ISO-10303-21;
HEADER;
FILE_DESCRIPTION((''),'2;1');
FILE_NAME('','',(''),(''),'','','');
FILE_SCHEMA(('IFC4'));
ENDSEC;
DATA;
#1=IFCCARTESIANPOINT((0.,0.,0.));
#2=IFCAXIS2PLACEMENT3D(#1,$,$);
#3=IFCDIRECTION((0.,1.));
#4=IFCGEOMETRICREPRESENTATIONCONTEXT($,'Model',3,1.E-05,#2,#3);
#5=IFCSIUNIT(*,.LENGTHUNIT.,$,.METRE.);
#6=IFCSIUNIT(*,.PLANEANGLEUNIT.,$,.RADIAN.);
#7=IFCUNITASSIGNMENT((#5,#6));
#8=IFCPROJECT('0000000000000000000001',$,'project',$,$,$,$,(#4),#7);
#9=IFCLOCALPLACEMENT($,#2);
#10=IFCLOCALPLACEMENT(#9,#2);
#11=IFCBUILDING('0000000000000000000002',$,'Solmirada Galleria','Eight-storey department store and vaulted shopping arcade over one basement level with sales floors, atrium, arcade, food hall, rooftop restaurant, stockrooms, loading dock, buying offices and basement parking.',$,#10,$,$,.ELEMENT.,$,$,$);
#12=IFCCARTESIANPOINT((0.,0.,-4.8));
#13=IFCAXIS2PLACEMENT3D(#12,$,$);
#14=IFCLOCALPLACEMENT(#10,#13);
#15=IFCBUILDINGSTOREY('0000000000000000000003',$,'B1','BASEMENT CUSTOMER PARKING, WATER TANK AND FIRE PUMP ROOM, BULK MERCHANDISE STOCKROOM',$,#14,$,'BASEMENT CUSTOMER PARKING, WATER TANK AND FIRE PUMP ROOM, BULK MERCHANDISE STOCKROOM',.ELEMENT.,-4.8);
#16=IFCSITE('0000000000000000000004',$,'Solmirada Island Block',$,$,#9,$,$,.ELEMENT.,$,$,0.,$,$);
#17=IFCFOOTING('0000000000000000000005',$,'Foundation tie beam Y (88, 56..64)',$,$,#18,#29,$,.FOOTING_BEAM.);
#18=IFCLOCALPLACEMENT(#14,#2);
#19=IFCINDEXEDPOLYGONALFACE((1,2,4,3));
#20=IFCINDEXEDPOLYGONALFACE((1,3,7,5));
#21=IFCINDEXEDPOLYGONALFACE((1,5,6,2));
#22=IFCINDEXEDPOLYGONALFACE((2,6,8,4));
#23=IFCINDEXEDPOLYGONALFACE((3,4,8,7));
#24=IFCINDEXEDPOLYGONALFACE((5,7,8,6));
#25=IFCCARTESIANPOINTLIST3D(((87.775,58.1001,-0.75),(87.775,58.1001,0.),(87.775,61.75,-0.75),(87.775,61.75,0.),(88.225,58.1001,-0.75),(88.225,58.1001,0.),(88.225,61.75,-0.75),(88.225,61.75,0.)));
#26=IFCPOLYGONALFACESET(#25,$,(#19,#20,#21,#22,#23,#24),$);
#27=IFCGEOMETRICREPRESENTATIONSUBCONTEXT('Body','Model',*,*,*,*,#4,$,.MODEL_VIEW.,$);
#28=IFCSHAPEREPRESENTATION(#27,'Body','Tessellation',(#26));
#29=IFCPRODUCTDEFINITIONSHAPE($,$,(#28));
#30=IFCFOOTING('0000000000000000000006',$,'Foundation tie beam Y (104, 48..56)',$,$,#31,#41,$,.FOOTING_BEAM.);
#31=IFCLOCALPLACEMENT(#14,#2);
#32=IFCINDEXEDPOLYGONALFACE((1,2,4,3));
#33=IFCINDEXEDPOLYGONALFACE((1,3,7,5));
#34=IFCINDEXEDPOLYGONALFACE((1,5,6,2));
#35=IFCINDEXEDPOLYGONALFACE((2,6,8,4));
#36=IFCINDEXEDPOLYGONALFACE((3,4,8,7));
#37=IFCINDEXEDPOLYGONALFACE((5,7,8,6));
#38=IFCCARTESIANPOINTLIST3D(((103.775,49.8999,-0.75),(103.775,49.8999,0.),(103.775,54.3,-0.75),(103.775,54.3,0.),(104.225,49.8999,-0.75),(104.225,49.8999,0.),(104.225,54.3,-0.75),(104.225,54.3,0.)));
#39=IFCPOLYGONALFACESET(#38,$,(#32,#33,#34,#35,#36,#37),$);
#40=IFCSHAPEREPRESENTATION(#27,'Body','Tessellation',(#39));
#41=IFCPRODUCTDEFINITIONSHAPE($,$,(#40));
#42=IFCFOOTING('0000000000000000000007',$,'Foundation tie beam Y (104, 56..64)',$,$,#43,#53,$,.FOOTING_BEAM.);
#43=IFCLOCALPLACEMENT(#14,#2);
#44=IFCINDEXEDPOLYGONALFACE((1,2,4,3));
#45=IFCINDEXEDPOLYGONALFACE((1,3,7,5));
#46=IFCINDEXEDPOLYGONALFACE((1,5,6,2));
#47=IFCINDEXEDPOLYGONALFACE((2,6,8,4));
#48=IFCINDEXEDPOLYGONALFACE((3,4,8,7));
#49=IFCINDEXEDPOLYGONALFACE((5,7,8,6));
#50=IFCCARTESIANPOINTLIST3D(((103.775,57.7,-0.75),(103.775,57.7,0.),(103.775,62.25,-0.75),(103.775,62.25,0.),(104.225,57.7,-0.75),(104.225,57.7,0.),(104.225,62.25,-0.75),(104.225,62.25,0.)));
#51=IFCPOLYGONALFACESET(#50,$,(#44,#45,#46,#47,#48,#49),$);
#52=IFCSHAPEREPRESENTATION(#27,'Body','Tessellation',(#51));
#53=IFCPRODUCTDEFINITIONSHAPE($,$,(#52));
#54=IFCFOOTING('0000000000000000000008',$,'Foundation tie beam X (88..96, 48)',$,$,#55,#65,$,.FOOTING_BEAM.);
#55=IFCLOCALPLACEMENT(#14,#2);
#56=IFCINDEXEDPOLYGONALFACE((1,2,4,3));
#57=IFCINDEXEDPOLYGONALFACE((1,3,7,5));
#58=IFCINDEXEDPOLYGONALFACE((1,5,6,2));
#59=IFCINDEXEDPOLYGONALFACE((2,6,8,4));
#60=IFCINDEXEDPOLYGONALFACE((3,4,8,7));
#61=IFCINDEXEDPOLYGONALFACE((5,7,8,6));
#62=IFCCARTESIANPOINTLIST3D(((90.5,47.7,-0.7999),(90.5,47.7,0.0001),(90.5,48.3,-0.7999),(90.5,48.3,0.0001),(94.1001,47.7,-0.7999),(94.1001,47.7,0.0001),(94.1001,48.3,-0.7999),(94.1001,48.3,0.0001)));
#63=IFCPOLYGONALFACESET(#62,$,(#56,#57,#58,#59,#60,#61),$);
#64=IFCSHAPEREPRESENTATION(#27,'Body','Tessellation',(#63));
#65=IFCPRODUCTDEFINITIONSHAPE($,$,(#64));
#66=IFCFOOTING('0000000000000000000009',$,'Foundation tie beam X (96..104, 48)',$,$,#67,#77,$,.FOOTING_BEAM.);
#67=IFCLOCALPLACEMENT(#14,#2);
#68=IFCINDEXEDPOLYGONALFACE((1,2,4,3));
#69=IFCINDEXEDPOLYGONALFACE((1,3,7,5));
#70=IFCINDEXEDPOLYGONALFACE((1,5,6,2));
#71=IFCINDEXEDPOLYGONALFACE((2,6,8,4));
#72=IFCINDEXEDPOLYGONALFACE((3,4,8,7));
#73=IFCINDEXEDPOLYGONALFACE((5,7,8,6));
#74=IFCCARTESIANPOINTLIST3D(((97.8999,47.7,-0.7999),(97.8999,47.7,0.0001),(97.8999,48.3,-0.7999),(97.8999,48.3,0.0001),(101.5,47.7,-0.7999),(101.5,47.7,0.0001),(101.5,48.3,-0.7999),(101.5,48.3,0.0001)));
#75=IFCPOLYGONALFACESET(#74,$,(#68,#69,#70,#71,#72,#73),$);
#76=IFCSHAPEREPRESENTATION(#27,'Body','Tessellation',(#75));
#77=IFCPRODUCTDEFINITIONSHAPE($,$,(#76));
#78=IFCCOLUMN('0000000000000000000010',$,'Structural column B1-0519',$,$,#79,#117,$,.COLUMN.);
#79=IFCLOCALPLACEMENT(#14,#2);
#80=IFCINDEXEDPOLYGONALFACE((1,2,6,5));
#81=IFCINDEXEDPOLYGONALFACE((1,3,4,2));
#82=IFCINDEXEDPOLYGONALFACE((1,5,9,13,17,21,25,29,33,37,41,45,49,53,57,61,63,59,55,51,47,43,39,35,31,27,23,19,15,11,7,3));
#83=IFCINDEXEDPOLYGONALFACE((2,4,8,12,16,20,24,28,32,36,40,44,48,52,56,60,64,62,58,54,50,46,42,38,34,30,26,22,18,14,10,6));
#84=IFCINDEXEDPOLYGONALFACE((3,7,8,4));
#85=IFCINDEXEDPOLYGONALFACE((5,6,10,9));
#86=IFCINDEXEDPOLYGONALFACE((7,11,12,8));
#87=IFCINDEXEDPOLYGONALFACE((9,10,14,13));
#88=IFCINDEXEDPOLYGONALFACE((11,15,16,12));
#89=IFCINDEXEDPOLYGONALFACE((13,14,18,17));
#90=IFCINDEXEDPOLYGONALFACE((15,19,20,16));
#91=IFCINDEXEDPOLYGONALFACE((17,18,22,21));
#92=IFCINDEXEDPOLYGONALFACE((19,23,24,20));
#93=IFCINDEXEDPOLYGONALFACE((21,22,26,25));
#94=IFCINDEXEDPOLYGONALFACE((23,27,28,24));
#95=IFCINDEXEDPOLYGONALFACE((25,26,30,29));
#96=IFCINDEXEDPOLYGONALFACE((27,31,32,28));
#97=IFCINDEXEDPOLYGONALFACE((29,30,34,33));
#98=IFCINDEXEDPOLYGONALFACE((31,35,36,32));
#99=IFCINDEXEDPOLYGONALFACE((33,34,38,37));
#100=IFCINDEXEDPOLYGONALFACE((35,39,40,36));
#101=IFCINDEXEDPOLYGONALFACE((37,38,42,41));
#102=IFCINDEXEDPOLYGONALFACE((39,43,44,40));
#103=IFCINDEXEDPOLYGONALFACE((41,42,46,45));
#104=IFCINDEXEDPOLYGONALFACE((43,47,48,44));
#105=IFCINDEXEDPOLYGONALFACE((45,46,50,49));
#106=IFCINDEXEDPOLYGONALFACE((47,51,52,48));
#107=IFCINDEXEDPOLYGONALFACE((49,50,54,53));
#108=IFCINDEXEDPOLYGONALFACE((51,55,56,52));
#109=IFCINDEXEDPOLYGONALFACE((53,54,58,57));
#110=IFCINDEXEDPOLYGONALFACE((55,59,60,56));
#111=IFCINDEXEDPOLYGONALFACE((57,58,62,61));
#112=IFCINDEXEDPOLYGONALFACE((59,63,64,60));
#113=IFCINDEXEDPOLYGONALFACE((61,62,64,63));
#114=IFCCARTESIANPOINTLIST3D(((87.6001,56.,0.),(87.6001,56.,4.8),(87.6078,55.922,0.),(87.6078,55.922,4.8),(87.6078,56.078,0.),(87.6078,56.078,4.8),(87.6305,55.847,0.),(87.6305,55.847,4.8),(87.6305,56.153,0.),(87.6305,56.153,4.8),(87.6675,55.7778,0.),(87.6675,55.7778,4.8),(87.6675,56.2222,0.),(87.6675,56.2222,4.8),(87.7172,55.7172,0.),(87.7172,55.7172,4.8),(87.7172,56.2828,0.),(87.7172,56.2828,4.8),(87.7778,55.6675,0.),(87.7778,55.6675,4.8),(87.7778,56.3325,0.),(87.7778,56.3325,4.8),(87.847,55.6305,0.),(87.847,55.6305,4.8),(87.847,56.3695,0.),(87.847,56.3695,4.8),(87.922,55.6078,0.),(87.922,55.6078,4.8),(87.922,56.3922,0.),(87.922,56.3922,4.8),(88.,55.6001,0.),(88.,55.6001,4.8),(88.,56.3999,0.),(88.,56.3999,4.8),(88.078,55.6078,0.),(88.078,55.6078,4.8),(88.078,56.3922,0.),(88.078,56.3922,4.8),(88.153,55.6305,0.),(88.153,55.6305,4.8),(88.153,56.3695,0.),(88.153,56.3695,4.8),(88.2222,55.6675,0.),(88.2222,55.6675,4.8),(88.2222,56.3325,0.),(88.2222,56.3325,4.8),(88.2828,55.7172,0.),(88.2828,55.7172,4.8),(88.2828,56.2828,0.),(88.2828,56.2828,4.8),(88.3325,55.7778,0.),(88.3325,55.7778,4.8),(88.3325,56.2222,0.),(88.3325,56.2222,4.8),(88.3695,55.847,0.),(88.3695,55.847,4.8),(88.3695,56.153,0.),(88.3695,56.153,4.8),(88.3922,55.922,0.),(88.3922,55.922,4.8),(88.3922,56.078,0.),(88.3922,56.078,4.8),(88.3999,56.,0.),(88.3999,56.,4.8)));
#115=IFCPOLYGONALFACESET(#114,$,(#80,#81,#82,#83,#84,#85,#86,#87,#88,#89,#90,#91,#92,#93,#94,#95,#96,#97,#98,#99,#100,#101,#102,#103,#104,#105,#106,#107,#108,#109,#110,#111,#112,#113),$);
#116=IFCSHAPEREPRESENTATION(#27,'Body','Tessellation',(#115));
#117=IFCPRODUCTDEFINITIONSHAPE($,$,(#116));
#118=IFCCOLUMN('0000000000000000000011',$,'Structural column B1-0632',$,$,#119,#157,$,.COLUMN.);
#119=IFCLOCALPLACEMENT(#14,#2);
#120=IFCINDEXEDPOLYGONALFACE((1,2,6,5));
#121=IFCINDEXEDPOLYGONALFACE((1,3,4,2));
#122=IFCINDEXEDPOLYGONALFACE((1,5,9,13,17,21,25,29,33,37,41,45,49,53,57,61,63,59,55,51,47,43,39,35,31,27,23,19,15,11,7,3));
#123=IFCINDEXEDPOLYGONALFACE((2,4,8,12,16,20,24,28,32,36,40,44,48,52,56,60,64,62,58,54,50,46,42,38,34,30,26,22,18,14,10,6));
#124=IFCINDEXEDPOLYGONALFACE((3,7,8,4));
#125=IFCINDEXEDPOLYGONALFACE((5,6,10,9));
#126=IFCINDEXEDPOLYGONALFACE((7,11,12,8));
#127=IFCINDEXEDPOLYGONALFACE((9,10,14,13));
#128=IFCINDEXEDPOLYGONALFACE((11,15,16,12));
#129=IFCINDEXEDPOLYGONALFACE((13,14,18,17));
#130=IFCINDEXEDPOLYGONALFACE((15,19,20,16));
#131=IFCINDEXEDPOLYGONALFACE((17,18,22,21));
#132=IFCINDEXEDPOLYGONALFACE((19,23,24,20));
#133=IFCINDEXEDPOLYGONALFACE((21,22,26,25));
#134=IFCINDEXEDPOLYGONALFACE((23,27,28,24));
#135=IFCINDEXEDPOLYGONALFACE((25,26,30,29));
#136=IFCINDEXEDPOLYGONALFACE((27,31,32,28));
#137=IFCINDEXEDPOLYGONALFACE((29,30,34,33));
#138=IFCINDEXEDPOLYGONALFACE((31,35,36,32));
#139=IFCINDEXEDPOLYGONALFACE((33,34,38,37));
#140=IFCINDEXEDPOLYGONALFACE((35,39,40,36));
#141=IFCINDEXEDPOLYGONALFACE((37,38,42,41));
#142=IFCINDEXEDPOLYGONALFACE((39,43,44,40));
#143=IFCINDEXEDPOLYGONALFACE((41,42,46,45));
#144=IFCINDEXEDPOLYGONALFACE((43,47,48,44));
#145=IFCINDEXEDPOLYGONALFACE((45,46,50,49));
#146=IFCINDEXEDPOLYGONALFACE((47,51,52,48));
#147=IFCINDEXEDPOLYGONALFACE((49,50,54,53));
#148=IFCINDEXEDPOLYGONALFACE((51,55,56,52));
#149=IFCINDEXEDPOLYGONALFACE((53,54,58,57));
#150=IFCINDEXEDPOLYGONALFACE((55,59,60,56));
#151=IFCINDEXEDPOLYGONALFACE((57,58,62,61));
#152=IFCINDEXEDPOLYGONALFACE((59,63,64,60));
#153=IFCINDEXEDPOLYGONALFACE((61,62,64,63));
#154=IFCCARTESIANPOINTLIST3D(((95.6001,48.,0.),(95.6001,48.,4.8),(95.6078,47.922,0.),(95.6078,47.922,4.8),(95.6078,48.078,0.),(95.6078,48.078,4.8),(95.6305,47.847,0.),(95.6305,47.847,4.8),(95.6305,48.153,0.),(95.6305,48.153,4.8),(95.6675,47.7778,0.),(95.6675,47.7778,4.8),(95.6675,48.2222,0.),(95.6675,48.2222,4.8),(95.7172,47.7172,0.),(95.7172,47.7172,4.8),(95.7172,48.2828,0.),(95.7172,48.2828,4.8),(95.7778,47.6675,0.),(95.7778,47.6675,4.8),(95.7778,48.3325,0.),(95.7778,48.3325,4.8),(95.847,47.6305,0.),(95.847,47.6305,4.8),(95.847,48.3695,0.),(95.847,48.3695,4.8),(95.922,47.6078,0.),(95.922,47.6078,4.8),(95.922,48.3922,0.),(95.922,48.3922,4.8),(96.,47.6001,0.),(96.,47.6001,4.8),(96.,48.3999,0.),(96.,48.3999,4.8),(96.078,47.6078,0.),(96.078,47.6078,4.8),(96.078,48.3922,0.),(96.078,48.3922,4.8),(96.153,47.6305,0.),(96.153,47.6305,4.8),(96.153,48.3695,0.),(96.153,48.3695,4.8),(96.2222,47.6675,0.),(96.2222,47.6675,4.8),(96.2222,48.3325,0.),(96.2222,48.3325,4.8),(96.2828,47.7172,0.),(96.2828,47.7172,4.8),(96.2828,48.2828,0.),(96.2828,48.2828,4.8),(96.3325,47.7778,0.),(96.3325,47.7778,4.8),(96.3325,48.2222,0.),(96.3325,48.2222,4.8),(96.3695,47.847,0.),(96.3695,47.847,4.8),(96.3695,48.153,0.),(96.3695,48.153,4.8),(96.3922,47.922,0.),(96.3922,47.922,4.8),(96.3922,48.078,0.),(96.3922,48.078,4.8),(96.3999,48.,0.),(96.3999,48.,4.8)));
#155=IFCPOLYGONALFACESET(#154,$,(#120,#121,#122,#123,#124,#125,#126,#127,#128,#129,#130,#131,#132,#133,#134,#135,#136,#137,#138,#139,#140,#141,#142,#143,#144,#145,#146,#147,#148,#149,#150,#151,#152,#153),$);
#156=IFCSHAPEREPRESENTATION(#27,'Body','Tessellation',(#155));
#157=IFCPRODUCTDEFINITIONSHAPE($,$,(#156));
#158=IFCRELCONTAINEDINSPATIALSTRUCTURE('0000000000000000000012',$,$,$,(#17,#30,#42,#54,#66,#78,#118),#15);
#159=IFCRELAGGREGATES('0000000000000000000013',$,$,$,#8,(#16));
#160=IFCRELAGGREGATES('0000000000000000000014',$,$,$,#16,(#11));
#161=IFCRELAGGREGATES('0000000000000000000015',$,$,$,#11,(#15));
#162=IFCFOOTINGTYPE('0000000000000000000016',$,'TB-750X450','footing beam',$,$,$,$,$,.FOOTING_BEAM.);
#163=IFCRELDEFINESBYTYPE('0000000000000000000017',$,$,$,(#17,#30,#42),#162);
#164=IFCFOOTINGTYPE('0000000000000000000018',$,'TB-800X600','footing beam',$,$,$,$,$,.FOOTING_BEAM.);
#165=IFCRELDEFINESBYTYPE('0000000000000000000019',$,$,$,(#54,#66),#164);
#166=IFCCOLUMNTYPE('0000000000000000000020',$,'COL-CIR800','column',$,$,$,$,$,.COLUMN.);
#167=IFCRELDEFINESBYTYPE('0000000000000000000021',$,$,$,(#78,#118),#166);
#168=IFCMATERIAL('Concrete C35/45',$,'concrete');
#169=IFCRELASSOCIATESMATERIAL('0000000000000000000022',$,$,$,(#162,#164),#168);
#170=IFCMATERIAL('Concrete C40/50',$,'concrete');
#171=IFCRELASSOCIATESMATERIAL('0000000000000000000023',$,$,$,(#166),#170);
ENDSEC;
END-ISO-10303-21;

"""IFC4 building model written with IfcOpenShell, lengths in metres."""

from ifc_helpers import new_model, si_unit, direction, frame, origin, origin_2d, place, context, subcontext, project, spatial, rectangle, circle, extrude, material, material_profile, profile_set, type_object, element, save


model = new_model("IFC4")

# Units and contexts
model_context = context("Model", 3, precision=1e-05, world=origin(), true_north=direction((0.0, 1.0)))
body_context = subcontext(model_context, "Body", "Model", "MODEL_VIEW")
ifc_project = project(units=[si_unit("LENGTHUNIT", "METRE"), si_unit("PLANEANGLEUNIT", "RADIAN")], contexts=[model_context])

# Site, building, storey
site_placement = place(None, origin())
site = spatial("IfcSite", under=ifc_project, at=site_placement, Name="Solmirada Island Block", CompositionType="ELEMENT", RefElevation=0.0)
building_placement = place(site_placement, origin())
building = spatial("IfcBuilding", under=site, at=building_placement, Name="Solmirada Galleria", Description="Eight-storey department store and vaulted shopping arcade over one basement level with sales floors, atrium, arcade, food hall, rooftop restaurant, stockrooms, loading dock, buying offices and basement parking.", CompositionType="ELEMENT")
storey_placement = place(building_placement, frame((0.0, 0.0, -4.8)))
storey = spatial("IfcBuildingStorey", under=building, at=storey_placement, Name="B1", Description="BASEMENT CUSTOMER PARKING, WATER TANK AND FIRE PUMP ROOM, BULK MERCHANDISE STOCKROOM", LongName="BASEMENT CUSTOMER PARKING, WATER TANK AND FIRE PUMP ROOM, BULK MERCHANDISE STOCKROOM", CompositionType="ELEMENT", Elevation=-4.8)

# Shared definitions
ifc_material_1 = material(Name="Concrete C35/45", Category="concrete")

# Shared definitions
ifc_material_2 = material(Name="Concrete C40/50", Category="concrete")

# Footings
ifc_material_profile_1 = material_profile(ifc_material_1, rectangle(XDim=0.45, YDim=0.75, at=origin_2d()), Name="RC750X450")
ifc_profile_set_1 = profile_set([ifc_material_profile_1], Name="Concrete C35/45")
footing_type_1 = type_object("IfcFootingType", Name="TB-750X450", Description="footing beam", PredefinedType="FOOTING_BEAM", material=ifc_profile_set_1)
footing_1_placement = place(storey_placement, frame((88.0, 58.1001, -0.375), z_axis=(0.0, 1.0, 0.0), x_axis=(-1.0, 0.0, 0.0)))
element("IfcFooting", 1, at=footing_1_placement, inside=storey, type_object=footing_type_1, Name="Foundation tie beam Y (88, 56..64)", PredefinedType="FOOTING_BEAM", context=body_context, shape_type="SweptSolid", body=[
    extrude(rectangle(XDim=0.45, YDim=0.75, at=origin_2d()), origin(), (0.0, 0.0, 1.0), 3.6499),
])
footing_2_placement = place(storey_placement, frame((104.0, 49.8999, -0.375), z_axis=(0.0, 1.0, 0.0), x_axis=(-1.0, 0.0, 0.0)))
element("IfcFooting", 2, at=footing_2_placement, inside=storey, type_object=footing_type_1, Name="Foundation tie beam Y (104, 48..56)", PredefinedType="FOOTING_BEAM", context=body_context, shape_type="SweptSolid", body=[
    extrude(rectangle(XDim=0.45, YDim=0.75, at=origin_2d()), origin(), (0.0, 0.0, 1.0), 4.4001),
])
footing_3_placement = place(storey_placement, frame((104.0, 57.7, -0.375), z_axis=(0.0, 1.0, 0.0), x_axis=(-1.0, 0.0, 0.0)))
element("IfcFooting", 3, at=footing_3_placement, inside=storey, type_object=footing_type_1, Name="Foundation tie beam Y (104, 56..64)", PredefinedType="FOOTING_BEAM", context=body_context, shape_type="SweptSolid", body=[
    extrude(rectangle(XDim=0.45, YDim=0.75, at=origin_2d()), origin(), (0.0, 0.0, 1.0), 4.55),
])
ifc_material_profile_2 = material_profile(ifc_material_1, rectangle(XDim=0.6001, YDim=0.8, at=origin_2d()), Name="RC800X600")
ifc_profile_set_2 = profile_set([ifc_material_profile_2], Name="Concrete C35/45")
footing_type_2 = type_object("IfcFootingType", Name="TB-800X600", Description="footing beam", PredefinedType="FOOTING_BEAM", material=ifc_profile_set_2)
for number, where, z_axis, x_axis, name in (
    (4, (90.5, 48.0, -0.3999), (1.0, 0.0, 0.0), (0.0, 1.0, 0.0), "Foundation tie beam X (88..96, 48)"),
    (5, (97.8999, 48.0, -0.3999), (1.0, 0.0, 0.0), (0.0, 1.0, 0.0), "Foundation tie beam X (96..104, 48)"),
):
    element("IfcFooting", number, at=place(storey_placement, frame(where, z_axis=z_axis, x_axis=x_axis)), inside=storey, type_object=footing_type_2, Name=name, PredefinedType="FOOTING_BEAM", context=body_context, shape_type="SweptSolid", body=[
        extrude(rectangle(XDim=0.6001, YDim=0.8, at=origin_2d()), origin(), (0.0, 0.0, 1.0), 3.6001),
    ])

# Columns
ifc_material_profile_3 = material_profile(ifc_material_2, circle(Radius=0.3999, at=origin_2d()), Name="RCCOL800")
ifc_profile_set_3 = profile_set([ifc_material_profile_3], Name="Concrete C40/50")
column_type = type_object("IfcColumnType", Name="COL-CIR800", Description="column", PredefinedType="COLUMN", material=ifc_profile_set_3)
for number, where, z_axis, x_axis, name in (
    (6, (88.0, 56.0, 0.0), (0.0, 0.0, 1.0), (1.0, 0.0, 0.0), "Structural column B1-0519"),
    (7, (96.0, 48.0, 0.0), (0.0, 0.0, 1.0), (1.0, 0.0, 0.0), "Structural column B1-0632"),
):
    element("IfcColumn", number, at=place(storey_placement, frame(where, z_axis=z_axis, x_axis=x_axis)), inside=storey, type_object=column_type, Name=name, PredefinedType="COLUMN", context=body_context, shape_type="SweptSolid", body=[
        extrude(circle(Radius=0.3999, at=origin_2d()), origin(), (0.0, 0.0, 1.0), 4.8),
    ])

save(model, "model.ifc")
